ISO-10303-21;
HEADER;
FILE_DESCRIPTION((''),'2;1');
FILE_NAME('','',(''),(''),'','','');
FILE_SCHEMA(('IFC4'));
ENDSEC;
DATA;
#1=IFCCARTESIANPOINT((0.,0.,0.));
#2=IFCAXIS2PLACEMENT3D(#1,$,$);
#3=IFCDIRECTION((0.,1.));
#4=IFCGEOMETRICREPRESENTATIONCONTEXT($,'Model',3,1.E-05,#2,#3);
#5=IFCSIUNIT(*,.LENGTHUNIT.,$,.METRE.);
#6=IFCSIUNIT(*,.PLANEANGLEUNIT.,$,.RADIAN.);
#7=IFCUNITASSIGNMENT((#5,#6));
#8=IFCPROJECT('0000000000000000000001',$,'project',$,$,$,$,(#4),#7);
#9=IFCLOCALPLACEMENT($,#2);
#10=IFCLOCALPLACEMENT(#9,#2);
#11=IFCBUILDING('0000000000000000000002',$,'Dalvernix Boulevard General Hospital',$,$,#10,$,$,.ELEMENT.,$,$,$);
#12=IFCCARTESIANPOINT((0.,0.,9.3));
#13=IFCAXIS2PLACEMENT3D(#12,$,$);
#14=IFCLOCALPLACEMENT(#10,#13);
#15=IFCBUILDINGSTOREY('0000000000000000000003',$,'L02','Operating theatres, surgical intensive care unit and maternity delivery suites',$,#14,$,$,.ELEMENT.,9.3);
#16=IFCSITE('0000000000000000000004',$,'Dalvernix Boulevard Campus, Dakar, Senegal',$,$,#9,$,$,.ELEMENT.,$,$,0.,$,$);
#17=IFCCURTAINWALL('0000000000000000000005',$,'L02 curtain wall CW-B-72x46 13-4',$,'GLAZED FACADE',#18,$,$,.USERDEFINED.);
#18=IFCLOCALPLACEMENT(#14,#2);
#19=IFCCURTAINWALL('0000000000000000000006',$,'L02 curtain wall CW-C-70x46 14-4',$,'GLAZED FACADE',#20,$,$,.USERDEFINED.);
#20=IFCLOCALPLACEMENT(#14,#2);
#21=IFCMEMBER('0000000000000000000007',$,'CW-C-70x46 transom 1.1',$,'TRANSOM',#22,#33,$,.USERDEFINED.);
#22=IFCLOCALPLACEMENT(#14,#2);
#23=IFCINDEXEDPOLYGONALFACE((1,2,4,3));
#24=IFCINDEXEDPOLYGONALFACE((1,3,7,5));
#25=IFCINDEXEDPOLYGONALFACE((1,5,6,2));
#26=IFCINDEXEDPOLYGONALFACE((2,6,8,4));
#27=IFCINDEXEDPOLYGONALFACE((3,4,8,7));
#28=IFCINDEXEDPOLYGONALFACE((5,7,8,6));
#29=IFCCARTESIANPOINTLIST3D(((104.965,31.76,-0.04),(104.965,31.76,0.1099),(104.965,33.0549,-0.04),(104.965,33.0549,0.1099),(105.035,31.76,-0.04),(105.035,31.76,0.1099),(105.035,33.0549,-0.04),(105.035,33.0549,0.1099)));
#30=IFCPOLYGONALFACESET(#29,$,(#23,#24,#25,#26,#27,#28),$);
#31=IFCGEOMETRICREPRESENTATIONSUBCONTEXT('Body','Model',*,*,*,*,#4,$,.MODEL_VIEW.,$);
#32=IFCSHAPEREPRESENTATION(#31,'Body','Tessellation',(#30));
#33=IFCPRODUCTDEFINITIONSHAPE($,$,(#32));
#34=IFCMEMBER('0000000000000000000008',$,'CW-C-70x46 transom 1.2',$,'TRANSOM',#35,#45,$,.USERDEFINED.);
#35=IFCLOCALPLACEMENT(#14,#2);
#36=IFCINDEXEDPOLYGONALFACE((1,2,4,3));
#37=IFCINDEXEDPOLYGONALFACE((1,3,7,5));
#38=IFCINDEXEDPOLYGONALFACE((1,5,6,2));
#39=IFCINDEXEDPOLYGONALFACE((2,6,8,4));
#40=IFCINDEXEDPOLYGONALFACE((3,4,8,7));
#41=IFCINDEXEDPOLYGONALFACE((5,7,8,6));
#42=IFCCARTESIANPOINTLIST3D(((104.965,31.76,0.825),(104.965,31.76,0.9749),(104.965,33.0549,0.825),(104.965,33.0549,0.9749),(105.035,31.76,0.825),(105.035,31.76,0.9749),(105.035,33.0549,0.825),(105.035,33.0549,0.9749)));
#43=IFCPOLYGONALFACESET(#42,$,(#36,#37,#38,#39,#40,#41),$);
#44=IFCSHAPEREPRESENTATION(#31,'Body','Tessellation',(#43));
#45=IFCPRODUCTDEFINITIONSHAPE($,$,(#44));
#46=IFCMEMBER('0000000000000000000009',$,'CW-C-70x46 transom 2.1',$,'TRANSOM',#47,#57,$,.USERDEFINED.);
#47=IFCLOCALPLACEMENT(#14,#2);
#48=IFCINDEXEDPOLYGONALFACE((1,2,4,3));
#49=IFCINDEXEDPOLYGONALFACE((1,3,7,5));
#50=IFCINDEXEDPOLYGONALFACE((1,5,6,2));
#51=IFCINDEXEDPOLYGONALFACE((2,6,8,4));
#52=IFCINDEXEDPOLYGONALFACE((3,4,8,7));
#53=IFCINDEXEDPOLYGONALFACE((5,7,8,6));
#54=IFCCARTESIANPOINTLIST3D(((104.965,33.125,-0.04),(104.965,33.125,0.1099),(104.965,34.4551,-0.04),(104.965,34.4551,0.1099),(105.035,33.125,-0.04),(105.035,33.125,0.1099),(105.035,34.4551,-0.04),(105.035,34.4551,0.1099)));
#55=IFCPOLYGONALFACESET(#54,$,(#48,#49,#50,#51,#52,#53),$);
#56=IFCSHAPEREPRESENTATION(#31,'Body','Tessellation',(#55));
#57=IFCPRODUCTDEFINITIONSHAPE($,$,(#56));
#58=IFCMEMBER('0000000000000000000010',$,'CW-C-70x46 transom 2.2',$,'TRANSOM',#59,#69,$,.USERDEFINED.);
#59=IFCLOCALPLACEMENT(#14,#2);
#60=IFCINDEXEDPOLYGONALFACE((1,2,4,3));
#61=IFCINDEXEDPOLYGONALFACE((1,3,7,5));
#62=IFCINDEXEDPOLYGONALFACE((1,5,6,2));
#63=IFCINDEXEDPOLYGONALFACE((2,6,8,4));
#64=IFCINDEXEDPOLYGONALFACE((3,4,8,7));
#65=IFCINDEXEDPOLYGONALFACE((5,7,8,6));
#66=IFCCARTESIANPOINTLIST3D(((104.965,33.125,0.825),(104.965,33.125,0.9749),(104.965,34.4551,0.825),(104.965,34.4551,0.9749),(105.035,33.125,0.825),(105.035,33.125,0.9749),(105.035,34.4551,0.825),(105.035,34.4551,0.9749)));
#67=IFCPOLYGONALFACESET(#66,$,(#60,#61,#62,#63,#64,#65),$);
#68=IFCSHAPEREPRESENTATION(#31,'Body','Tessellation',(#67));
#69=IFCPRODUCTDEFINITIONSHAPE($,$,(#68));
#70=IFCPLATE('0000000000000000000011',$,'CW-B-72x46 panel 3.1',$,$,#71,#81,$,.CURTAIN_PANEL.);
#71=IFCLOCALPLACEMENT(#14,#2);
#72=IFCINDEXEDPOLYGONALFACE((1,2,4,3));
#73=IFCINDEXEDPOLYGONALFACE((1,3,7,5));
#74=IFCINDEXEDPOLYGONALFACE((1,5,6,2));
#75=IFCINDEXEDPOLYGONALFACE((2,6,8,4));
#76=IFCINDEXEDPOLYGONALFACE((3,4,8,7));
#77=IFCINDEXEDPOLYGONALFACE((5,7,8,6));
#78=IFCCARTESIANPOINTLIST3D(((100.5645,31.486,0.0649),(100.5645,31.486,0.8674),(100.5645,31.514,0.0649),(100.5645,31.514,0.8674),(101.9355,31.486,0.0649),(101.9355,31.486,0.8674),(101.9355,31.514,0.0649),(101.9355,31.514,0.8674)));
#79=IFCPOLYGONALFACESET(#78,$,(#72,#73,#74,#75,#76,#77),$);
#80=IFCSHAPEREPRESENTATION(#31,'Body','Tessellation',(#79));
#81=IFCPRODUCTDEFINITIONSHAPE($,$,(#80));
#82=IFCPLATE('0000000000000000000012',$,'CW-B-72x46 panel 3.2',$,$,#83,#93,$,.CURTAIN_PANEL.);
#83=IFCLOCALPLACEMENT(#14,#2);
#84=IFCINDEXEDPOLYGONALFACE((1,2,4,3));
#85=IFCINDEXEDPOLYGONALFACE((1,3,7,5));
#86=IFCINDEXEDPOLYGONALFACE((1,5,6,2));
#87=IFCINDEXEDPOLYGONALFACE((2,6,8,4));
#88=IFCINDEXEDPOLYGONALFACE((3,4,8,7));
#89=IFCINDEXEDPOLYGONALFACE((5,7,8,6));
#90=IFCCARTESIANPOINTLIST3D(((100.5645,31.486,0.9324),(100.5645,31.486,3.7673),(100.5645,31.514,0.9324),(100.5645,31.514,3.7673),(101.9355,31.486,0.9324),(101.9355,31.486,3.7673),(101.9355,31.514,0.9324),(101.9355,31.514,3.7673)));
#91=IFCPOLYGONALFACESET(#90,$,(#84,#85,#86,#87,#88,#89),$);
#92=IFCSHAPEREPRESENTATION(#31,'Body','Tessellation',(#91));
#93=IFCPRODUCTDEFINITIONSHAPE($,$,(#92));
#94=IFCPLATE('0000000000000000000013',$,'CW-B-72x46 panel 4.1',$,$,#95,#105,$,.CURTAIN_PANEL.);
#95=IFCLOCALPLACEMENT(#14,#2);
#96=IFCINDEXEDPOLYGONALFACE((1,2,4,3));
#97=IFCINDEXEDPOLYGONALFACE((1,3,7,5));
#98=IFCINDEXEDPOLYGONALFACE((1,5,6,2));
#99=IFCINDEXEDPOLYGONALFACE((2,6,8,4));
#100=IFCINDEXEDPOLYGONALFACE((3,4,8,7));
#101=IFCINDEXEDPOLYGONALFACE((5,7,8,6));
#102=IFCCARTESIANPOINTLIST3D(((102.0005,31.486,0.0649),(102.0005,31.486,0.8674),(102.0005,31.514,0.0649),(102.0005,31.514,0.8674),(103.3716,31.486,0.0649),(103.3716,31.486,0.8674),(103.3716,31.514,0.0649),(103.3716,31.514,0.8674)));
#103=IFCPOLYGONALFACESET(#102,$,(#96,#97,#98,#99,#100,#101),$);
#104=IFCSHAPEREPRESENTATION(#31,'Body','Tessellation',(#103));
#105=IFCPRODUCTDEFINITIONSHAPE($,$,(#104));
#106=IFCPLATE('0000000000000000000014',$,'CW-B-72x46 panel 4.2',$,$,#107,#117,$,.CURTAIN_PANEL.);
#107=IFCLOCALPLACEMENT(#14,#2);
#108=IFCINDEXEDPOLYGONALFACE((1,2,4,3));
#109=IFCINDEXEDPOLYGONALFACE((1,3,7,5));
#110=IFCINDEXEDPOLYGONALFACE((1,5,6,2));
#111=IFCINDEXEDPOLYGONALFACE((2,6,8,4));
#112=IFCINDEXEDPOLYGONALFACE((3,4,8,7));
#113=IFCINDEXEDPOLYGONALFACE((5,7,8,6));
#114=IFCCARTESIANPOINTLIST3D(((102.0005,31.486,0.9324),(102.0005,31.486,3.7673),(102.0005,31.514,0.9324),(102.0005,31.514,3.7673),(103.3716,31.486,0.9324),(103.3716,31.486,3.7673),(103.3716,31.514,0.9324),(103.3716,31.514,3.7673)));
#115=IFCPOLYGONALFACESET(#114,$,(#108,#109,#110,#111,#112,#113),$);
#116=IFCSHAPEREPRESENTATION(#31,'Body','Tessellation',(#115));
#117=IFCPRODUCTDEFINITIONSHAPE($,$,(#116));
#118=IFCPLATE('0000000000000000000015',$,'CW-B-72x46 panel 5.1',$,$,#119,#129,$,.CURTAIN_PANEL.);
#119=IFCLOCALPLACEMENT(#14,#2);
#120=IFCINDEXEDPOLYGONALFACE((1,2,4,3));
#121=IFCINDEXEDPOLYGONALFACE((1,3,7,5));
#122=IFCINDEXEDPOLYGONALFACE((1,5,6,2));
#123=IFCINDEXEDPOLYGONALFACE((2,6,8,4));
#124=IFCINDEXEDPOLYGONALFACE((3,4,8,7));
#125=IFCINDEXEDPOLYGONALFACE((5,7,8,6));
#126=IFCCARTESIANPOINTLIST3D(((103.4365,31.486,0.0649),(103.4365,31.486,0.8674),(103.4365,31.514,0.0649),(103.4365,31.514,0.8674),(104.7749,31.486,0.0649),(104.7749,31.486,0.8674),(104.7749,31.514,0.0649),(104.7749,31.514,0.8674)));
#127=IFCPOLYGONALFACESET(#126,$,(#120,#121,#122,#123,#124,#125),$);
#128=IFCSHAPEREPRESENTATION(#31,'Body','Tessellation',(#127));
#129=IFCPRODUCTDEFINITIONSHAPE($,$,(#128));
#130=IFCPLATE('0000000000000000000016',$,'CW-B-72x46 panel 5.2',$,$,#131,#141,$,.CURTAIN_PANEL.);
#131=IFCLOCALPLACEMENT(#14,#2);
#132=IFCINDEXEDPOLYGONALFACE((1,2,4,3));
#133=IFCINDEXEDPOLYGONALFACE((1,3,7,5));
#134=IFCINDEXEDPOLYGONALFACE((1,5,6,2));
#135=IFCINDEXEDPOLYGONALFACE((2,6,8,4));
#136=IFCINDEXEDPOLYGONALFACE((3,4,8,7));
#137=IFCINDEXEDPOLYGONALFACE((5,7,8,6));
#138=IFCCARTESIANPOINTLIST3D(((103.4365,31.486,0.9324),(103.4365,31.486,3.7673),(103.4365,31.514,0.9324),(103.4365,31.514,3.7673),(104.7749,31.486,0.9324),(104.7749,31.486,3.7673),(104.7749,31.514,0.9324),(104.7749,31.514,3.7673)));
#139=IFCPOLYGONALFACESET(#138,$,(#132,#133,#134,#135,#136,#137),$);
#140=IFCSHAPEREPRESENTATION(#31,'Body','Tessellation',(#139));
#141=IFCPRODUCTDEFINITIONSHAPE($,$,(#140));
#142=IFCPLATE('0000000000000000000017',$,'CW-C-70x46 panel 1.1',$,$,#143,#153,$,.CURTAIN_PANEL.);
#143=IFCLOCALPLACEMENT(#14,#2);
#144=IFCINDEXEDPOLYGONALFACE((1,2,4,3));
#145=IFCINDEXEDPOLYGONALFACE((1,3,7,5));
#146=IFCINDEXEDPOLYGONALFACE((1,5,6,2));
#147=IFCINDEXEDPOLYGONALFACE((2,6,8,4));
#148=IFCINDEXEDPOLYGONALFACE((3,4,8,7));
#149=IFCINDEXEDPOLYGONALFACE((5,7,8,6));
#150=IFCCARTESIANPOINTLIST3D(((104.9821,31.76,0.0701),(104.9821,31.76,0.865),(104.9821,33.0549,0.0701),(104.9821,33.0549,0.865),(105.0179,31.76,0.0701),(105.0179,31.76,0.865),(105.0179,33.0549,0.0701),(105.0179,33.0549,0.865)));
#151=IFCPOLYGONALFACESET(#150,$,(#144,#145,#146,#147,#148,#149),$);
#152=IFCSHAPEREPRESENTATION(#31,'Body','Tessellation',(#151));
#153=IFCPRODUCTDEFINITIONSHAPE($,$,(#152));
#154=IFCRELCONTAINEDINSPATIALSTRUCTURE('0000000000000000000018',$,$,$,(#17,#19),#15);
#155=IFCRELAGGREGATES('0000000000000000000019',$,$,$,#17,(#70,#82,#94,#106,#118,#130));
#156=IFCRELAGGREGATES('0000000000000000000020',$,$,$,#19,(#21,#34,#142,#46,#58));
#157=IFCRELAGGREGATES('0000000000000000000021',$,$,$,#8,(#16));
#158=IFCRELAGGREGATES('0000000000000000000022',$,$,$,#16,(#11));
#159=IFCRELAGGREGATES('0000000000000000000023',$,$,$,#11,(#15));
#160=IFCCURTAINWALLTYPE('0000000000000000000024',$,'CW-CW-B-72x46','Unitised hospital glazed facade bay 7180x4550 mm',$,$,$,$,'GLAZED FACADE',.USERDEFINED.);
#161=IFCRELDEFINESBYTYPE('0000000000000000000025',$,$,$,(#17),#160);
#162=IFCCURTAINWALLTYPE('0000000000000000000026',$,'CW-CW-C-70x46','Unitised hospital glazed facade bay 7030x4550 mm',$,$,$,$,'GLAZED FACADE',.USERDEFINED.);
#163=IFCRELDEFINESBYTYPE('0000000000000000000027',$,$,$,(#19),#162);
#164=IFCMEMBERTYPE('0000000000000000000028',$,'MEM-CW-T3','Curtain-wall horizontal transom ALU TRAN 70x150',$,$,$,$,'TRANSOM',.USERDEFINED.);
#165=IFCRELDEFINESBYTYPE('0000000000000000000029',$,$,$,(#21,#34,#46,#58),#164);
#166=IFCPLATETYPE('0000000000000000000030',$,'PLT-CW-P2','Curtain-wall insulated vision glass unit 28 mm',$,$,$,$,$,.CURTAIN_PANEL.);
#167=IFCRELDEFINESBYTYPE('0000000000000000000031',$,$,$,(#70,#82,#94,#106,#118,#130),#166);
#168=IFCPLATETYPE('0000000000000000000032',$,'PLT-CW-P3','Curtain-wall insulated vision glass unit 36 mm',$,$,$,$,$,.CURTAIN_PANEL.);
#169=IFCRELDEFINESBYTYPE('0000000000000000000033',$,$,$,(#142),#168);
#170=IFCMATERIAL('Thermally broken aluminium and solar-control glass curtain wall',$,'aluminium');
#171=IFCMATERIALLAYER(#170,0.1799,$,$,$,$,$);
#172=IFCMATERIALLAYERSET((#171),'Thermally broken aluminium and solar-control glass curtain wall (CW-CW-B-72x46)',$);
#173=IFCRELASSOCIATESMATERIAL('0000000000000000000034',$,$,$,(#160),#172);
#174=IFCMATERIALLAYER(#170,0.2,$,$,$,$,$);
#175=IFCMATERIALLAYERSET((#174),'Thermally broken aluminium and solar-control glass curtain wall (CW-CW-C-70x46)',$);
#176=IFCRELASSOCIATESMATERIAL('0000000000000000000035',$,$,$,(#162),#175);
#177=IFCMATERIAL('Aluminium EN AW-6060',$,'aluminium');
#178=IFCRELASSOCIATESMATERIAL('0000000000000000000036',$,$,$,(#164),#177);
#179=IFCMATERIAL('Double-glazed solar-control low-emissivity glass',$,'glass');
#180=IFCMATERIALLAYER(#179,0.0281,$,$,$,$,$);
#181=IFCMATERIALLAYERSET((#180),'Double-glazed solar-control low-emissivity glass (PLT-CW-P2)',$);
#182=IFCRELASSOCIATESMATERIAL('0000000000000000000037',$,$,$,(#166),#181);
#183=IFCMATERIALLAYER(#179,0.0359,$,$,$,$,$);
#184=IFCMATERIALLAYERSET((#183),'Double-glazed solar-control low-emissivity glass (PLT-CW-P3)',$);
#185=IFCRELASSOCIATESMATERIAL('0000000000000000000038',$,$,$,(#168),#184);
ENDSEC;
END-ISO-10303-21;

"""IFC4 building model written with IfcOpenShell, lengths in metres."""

from ifc_helpers import new_model, si_unit, direction, frame, origin, origin_2d, place, context, subcontext, project, spatial, rectangle, extrude, material, layer, layer_set, material_profile, profile_set, type_object, element, aggregate, save


model = new_model("IFC4")

# Units and contexts
model_context = context("Model", 3, precision=1e-05, world=origin(), true_north=direction((0.0, 1.0)))
body_context = subcontext(model_context, "Body", "Model", "MODEL_VIEW")
ifc_project = project(units=[si_unit("LENGTHUNIT", "METRE"), si_unit("PLANEANGLEUNIT", "RADIAN")], contexts=[model_context])

# Site, building, storey
site_placement = place(None, origin())
site = spatial("IfcSite", under=ifc_project, at=site_placement, Name="Dalvernix Boulevard Campus, Dakar, Senegal", CompositionType="ELEMENT", RefElevation=0.0)
building_placement = place(site_placement, origin())
building = spatial("IfcBuilding", under=site, at=building_placement, Name="Dalvernix Boulevard General Hospital", CompositionType="ELEMENT")
storey_placement = place(building_placement, frame((0.0, 0.0, 9.3)))
storey = spatial("IfcBuildingStorey", under=building, at=storey_placement, Name="L02", Description="Operating theatres, surgical intensive care unit and maternity delivery suites", CompositionType="ELEMENT", Elevation=9.3)

# Curtain walls
ifc_material_1 = material(Name="Thermally broken aluminium and solar-control glass curtain wall", Category="aluminium")
ifc_layer_1 = layer(ifc_material_1, 0.1799)
ifc_layer_set_1 = layer_set([ifc_layer_1], Name="Thermally broken aluminium and solar-control glass curtain wall (CW-CW-B-72x46)")
curtain_wall_type_1 = type_object("IfcCurtainWallType", Name="CW-CW-B-72x46", Description="Unitised hospital glazed facade bay 7180x4550 mm", ElementType="GLAZED FACADE", PredefinedType="USERDEFINED", material=ifc_layer_set_1)
curtain_wall_1_placement = place(storey_placement, origin())
curtain_wall_1 = element("IfcCurtainWall", 1, at=curtain_wall_1_placement, inside=storey, type_object=curtain_wall_type_1, Name="L02 curtain wall CW-B-72x46 13-4", ObjectType="GLAZED FACADE", PredefinedType="USERDEFINED")
ifc_material_2 = material(Name="Aluminium EN AW-6060", Category="aluminium")
ifc_layer_2 = layer(ifc_material_1, 0.2)
ifc_layer_set_2 = layer_set([ifc_layer_2], Name="Thermally broken aluminium and solar-control glass curtain wall (CW-CW-C-70x46)")
curtain_wall_type_2 = type_object("IfcCurtainWallType", Name="CW-CW-C-70x46", Description="Unitised hospital glazed facade bay 7030x4550 mm", ElementType="GLAZED FACADE", PredefinedType="USERDEFINED", material=ifc_layer_set_2)
curtain_wall_2_placement = place(storey_placement, origin())
curtain_wall_2 = element("IfcCurtainWall", 2, at=curtain_wall_2_placement, inside=storey, type_object=curtain_wall_type_2, Name="L02 curtain wall CW-C-70x46 14-4", ObjectType="GLAZED FACADE", PredefinedType="USERDEFINED")

# Members
ifc_material_profile_1 = material_profile(ifc_material_2, rectangle(XDim=0.0701, YDim=0.1499, at=origin_2d()), Name="ALU TRAN 70x150")
ifc_profile_set_1 = profile_set([ifc_material_profile_1], Name="Aluminium EN AW-6060")
member_type_1 = type_object("IfcMemberType", Name="MEM-CW-T3", Description="Curtain-wall horizontal transom ALU TRAN 70x150", ElementType="TRANSOM", PredefinedType="USERDEFINED", material=ifc_profile_set_1)
member_1_placement = place(storey_placement, frame((105.0, 31.76, 0.0349), z_axis=(0.0, 1.0, 0.0), x_axis=(-1.0, 0.0, 0.0)))
member_1 = element("IfcMember", 3, at=member_1_placement, type_object=member_type_1, Name="CW-C-70x46 transom 1.1", ObjectType="TRANSOM", PredefinedType="USERDEFINED", context=body_context, shape_type="SweptSolid", body=[
    extrude(rectangle(XDim=0.0701, YDim=0.1499, at=origin_2d()), origin(), (0.0, 0.0, 1.0), 1.2949),
])
member_2_placement = place(storey_placement, frame((105.0, 31.76, 0.8999), z_axis=(0.0, 1.0, 0.0), x_axis=(-1.0, 0.0, 0.0)))
member_2 = element("IfcMember", 4, at=member_2_placement, type_object=member_type_1, Name="CW-C-70x46 transom 1.2", ObjectType="TRANSOM", PredefinedType="USERDEFINED", context=body_context, shape_type="SweptSolid", body=[
    extrude(rectangle(XDim=0.0701, YDim=0.1499, at=origin_2d()), origin(), (0.0, 0.0, 1.0), 1.2949),
])
member_3_placement = place(storey_placement, frame((105.0, 33.125, 0.0349), z_axis=(0.0, 1.0, 0.0), x_axis=(-1.0, 0.0, 0.0)))
member_3 = element("IfcMember", 5, at=member_3_placement, type_object=member_type_1, Name="CW-C-70x46 transom 2.1", ObjectType="TRANSOM", PredefinedType="USERDEFINED", context=body_context, shape_type="SweptSolid", body=[
    extrude(rectangle(XDim=0.0701, YDim=0.1499, at=origin_2d()), origin(), (0.0, 0.0, 1.0), 1.3301),
])
member_4_placement = place(storey_placement, frame((105.0, 33.125, 0.8999), z_axis=(0.0, 1.0, 0.0), x_axis=(-1.0, 0.0, 0.0)))
member_4 = element("IfcMember", 6, at=member_4_placement, type_object=member_type_1, Name="CW-C-70x46 transom 2.2", ObjectType="TRANSOM", PredefinedType="USERDEFINED", context=body_context, shape_type="SweptSolid", body=[
    extrude(rectangle(XDim=0.0701, YDim=0.1499, at=origin_2d()), origin(), (0.0, 0.0, 1.0), 1.3301),
])

# Plates
ifc_material_3 = material(Name="Double-glazed solar-control low-emissivity glass", Category="glass")
ifc_layer_3 = layer(ifc_material_3, 0.0281)
ifc_layer_set_3 = layer_set([ifc_layer_3], Name="Double-glazed solar-control low-emissivity glass (PLT-CW-P2)")
plate_type_1 = type_object("IfcPlateType", Name="PLT-CW-P2", Description="Curtain-wall insulated vision glass unit 28 mm", PredefinedType="CURTAIN_PANEL", material=ifc_layer_set_3)
plate_1_placement = place(storey_placement, frame((101.25, 31.5, 0.0649), z_axis=(0.0, 0.0, 1.0), x_axis=(1.0, 0.0, 0.0)))
plate_1 = element("IfcPlate", 7, at=plate_1_placement, type_object=plate_type_1, Name="CW-B-72x46 panel 3.1", PredefinedType="CURTAIN_PANEL", context=body_context, shape_type="SweptSolid", body=[
    extrude(rectangle(XDim=1.3711, YDim=0.0281, at=origin_2d()), origin(), (0.0, 0.0, 1.0), 0.8025),
])
plate_2_placement = place(storey_placement, frame((101.25, 31.5, 0.9324), z_axis=(0.0, 0.0, 1.0), x_axis=(1.0, 0.0, 0.0)))
plate_2 = element("IfcPlate", 8, at=plate_2_placement, type_object=plate_type_1, Name="CW-B-72x46 panel 3.2", PredefinedType="CURTAIN_PANEL", context=body_context, shape_type="SweptSolid", body=[
    extrude(rectangle(XDim=1.3711, YDim=0.0281, at=origin_2d()), origin(), (0.0, 0.0, 1.0), 2.835),
])
plate_3_placement = place(storey_placement, frame((102.686, 31.5, 0.0649), z_axis=(0.0, 0.0, 1.0), x_axis=(1.0, 0.0, 0.0)))
plate_3 = element("IfcPlate", 9, at=plate_3_placement, type_object=plate_type_1, Name="CW-B-72x46 panel 4.1", PredefinedType="CURTAIN_PANEL", context=body_context, shape_type="SweptSolid", body=[
    extrude(rectangle(XDim=1.3711, YDim=0.0281, at=origin_2d()), origin(), (0.0, 0.0, 1.0), 0.8025),
])
plate_4_placement = place(storey_placement, frame((102.686, 31.5, 0.9324), z_axis=(0.0, 0.0, 1.0), x_axis=(1.0, 0.0, 0.0)))
plate_4 = element("IfcPlate", 10, at=plate_4_placement, type_object=plate_type_1, Name="CW-B-72x46 panel 4.2", PredefinedType="CURTAIN_PANEL", context=body_context, shape_type="SweptSolid", body=[
    extrude(rectangle(XDim=1.3711, YDim=0.0281, at=origin_2d()), origin(), (0.0, 0.0, 1.0), 2.835),
])
plate_5_placement = place(storey_placement, frame((104.1057, 31.5, 0.0649), z_axis=(0.0, 0.0, 1.0), x_axis=(1.0, 0.0, 0.0)))
plate_5 = element("IfcPlate", 11, at=plate_5_placement, type_object=plate_type_1, Name="CW-B-72x46 panel 5.1", PredefinedType="CURTAIN_PANEL", context=body_context, shape_type="SweptSolid", body=[
    extrude(rectangle(XDim=1.3384, YDim=0.0281, at=origin_2d()), origin(), (0.0, 0.0, 1.0), 0.8025),
])
plate_6_placement = place(storey_placement, frame((104.1057, 31.5, 0.9324), z_axis=(0.0, 0.0, 1.0), x_axis=(1.0, 0.0, 0.0)))
plate_6 = element("IfcPlate", 12, at=plate_6_placement, type_object=plate_type_1, Name="CW-B-72x46 panel 5.2", PredefinedType="CURTAIN_PANEL", context=body_context, shape_type="SweptSolid", body=[
    extrude(rectangle(XDim=1.3384, YDim=0.0281, at=origin_2d()), origin(), (0.0, 0.0, 1.0), 2.835),
])
aggregate(curtain_wall_1, [plate_1, plate_2, plate_3, plate_4, plate_5, plate_6])
ifc_layer_4 = layer(ifc_material_3, 0.0359)
ifc_layer_set_4 = layer_set([ifc_layer_4], Name="Double-glazed solar-control low-emissivity glass (PLT-CW-P3)")
plate_type_2 = type_object("IfcPlateType", Name="PLT-CW-P3", Description="Curtain-wall insulated vision glass unit 36 mm", PredefinedType="CURTAIN_PANEL", material=ifc_layer_set_4)
plate_7_placement = place(storey_placement, frame((105.0, 32.4075, 0.0701), z_axis=(0.0, 0.0, 1.0), x_axis=(0.0, 1.0, 0.0)))
plate_7 = element("IfcPlate", 13, at=plate_7_placement, type_object=plate_type_2, Name="CW-C-70x46 panel 1.1", PredefinedType="CURTAIN_PANEL", context=body_context, shape_type="SweptSolid", body=[
    extrude(rectangle(XDim=1.2949, YDim=0.0359, at=origin_2d()), origin(), (0.0, 0.0, 1.0), 0.7949),
])
aggregate(curtain_wall_2, [member_1, member_2, plate_7, member_3, member_4])

save(model, "model.ifc")
